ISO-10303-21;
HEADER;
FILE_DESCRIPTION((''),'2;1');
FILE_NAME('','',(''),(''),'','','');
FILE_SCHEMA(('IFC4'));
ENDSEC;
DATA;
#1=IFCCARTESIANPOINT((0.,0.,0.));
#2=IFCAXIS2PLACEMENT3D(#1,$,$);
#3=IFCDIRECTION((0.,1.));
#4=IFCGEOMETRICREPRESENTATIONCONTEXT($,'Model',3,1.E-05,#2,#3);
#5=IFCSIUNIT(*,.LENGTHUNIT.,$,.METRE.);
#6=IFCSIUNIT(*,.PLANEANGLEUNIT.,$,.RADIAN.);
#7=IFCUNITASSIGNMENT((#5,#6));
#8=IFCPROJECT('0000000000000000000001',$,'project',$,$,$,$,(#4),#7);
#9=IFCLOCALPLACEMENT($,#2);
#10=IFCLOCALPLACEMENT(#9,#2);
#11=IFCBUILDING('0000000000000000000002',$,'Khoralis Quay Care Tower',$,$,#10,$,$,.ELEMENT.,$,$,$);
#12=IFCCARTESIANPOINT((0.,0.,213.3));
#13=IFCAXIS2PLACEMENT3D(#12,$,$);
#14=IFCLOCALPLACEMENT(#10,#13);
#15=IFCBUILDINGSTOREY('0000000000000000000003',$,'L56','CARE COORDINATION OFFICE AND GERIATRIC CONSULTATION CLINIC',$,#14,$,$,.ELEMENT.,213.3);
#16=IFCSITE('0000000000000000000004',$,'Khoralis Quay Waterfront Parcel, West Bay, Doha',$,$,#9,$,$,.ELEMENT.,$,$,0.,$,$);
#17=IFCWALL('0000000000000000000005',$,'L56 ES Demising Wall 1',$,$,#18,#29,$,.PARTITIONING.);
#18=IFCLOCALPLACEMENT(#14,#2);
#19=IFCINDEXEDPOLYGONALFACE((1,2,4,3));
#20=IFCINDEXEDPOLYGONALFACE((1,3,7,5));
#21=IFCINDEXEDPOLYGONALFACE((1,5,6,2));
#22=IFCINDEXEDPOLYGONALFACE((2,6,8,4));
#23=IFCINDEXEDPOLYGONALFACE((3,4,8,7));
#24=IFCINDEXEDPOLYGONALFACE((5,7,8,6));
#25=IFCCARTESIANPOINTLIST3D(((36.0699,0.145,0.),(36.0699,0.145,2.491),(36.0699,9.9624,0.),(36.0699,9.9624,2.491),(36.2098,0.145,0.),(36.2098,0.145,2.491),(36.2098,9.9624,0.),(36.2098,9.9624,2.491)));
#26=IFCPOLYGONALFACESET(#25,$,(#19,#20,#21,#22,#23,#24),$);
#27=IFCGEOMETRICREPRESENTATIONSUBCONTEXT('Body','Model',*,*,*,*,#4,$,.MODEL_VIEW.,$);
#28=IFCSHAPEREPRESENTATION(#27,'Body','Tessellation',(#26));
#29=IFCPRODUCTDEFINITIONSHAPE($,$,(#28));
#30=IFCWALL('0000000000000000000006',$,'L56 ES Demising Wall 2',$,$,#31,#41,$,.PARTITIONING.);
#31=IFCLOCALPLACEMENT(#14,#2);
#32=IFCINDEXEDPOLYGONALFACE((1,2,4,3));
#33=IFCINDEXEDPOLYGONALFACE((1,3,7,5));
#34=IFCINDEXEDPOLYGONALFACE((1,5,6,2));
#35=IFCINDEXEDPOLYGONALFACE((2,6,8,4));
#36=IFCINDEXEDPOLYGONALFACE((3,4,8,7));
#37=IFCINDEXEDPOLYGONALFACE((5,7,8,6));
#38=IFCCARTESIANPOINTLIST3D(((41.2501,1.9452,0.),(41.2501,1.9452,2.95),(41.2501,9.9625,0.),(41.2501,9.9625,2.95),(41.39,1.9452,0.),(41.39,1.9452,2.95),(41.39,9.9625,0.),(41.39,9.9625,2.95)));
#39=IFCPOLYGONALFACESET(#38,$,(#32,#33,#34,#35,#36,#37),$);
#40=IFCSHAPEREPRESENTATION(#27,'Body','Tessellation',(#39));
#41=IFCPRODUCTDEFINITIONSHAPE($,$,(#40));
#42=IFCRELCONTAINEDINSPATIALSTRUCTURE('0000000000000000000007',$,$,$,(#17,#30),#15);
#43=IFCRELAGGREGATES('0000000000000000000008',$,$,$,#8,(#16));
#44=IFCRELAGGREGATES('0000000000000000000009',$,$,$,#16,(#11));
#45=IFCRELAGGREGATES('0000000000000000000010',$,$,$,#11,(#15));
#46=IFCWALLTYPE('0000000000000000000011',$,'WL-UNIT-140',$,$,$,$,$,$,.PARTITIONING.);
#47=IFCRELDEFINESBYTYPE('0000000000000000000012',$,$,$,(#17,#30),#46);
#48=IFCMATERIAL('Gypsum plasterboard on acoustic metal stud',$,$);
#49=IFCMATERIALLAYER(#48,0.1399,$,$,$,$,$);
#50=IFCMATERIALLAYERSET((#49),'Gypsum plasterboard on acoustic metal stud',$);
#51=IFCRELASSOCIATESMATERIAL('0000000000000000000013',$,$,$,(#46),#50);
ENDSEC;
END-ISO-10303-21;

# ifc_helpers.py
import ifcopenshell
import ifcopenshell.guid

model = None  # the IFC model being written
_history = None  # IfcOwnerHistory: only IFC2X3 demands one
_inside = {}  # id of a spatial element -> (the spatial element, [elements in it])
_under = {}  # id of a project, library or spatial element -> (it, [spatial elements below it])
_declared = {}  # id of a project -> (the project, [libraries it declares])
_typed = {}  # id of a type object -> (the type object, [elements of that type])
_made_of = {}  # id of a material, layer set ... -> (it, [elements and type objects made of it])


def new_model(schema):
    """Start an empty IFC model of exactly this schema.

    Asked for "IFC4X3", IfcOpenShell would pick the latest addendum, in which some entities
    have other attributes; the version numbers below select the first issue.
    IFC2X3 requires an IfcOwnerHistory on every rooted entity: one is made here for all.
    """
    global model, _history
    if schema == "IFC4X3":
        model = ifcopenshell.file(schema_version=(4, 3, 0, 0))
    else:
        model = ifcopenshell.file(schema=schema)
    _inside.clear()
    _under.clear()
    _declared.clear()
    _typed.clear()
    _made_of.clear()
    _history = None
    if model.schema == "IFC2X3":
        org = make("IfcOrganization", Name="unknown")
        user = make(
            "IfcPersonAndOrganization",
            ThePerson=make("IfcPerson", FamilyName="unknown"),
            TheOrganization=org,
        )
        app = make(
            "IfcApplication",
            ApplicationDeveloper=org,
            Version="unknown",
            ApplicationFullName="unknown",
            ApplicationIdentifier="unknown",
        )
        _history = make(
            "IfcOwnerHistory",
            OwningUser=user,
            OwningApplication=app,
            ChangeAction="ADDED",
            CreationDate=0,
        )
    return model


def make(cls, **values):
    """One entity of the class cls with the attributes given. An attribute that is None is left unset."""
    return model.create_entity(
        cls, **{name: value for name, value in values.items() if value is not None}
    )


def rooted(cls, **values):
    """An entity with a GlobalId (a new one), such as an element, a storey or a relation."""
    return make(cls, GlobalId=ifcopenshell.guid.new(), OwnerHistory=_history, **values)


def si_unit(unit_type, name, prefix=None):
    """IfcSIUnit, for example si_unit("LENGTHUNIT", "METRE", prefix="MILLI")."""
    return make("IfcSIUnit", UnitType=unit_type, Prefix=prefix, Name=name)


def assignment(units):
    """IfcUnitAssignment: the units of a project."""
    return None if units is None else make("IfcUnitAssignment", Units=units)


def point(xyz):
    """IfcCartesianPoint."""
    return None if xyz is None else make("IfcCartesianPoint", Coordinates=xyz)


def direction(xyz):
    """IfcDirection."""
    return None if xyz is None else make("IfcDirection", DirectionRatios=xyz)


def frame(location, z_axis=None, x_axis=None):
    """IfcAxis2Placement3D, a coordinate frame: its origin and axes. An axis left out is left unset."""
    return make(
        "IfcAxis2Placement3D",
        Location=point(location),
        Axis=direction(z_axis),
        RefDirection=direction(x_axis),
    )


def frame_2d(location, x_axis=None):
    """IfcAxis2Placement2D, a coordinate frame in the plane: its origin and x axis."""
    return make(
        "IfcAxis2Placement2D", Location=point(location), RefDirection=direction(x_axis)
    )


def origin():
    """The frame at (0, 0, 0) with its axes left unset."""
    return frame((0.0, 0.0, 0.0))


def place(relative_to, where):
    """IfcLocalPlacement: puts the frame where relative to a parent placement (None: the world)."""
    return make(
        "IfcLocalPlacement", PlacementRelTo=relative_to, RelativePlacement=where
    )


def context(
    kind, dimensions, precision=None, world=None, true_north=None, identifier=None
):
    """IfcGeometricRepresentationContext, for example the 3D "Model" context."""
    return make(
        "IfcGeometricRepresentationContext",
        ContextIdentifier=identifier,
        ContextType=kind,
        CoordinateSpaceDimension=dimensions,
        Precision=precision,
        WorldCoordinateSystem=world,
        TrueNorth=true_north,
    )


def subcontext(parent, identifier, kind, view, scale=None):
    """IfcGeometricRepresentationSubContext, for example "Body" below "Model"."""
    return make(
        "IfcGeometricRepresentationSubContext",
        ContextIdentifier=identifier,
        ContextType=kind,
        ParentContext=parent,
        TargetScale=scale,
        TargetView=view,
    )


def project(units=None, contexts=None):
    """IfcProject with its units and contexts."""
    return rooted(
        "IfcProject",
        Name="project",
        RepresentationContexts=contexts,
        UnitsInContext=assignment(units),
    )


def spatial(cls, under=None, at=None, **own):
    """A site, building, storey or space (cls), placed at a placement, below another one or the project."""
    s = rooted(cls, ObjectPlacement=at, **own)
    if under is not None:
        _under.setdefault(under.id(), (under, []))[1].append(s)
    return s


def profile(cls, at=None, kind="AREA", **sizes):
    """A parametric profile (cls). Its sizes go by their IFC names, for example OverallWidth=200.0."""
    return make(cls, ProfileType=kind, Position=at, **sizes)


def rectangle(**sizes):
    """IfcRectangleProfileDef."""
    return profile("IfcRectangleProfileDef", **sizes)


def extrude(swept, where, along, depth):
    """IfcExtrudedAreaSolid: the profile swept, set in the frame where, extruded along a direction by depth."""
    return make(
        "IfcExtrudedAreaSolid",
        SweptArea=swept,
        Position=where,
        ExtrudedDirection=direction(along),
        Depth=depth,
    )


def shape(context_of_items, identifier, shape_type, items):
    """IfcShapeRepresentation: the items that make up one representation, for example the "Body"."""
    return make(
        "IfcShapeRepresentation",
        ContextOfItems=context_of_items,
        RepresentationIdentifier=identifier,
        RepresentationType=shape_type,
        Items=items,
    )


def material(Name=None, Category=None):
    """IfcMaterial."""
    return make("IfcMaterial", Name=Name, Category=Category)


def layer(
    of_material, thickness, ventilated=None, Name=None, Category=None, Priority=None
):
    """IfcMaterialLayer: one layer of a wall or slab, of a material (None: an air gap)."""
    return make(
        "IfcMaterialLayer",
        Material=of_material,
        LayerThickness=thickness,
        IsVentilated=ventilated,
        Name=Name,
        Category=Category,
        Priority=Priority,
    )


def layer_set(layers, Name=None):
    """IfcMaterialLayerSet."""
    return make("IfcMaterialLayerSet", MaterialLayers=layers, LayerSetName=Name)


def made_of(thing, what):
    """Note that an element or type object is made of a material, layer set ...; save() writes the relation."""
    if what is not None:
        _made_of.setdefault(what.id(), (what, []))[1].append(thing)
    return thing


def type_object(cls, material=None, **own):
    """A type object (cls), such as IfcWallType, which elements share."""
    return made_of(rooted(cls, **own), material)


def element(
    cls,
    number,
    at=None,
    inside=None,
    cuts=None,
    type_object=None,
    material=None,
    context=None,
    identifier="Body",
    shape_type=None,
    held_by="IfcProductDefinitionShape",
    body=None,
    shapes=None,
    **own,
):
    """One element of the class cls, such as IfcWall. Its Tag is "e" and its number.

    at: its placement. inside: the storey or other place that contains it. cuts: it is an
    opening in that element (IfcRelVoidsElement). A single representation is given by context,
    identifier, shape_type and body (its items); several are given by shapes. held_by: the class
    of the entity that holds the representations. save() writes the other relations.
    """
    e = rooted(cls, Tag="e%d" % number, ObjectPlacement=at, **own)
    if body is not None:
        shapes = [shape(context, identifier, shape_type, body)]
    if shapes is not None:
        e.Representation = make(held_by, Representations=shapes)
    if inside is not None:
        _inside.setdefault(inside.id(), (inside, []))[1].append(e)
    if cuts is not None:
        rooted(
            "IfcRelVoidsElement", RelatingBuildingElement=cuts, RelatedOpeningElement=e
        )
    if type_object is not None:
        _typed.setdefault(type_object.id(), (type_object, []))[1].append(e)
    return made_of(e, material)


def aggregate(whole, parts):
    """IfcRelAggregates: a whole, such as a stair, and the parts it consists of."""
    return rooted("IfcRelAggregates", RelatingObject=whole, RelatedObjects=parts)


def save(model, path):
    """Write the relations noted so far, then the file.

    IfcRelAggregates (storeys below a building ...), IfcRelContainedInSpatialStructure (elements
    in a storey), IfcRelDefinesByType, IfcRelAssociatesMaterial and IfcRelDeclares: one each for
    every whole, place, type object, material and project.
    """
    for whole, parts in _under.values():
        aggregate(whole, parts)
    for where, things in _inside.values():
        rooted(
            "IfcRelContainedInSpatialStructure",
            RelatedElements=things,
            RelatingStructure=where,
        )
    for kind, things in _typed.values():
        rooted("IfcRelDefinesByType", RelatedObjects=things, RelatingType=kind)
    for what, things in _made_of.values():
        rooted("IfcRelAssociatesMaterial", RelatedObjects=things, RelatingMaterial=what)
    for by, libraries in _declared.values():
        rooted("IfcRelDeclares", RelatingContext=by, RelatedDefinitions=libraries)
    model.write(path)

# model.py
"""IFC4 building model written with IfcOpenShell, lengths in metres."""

from ifc_helpers import new_model, si_unit, direction, frame, frame_2d, origin, place, context, subcontext, project, spatial, rectangle, extrude, material, layer, layer_set, type_object, element, save


model = new_model("IFC4")

# Units and contexts
model_context = context("Model", 3, precision=1e-05, world=origin(), true_north=direction((0.0, 1.0)))
body_context = subcontext(model_context, "Body", "Model", "MODEL_VIEW")
ifc_project = project(units=[si_unit("LENGTHUNIT", "METRE"), si_unit("PLANEANGLEUNIT", "RADIAN")], contexts=[model_context])

# Site, building, storey
site_placement = place(None, origin())
site = spatial("IfcSite", under=ifc_project, at=site_placement, Name="Khoralis Quay Waterfront Parcel, West Bay, Doha", CompositionType="ELEMENT", RefElevation=0.0)
building_placement = place(site_placement, origin())
building = spatial("IfcBuilding", under=site, at=building_placement, Name="Khoralis Quay Care Tower", CompositionType="ELEMENT")
storey_placement = place(building_placement, frame((0.0, 0.0, 213.3)))
storey = spatial("IfcBuildingStorey", under=building, at=storey_placement, Name="L56", Description="CARE COORDINATION OFFICE AND GERIATRIC CONSULTATION CLINIC", CompositionType="ELEMENT", Elevation=213.3)

# Walls
ifc_material_1 = material(Name="Gypsum plasterboard on acoustic metal stud")
ifc_layer_1 = layer(ifc_material_1, 0.1399)
ifc_layer_set_1 = layer_set([ifc_layer_1], Name="Gypsum plasterboard on acoustic metal stud")
wall_type_1 = type_object("IfcWallType", Name="WL-UNIT-140", PredefinedType="PARTITIONING", material=ifc_layer_set_1)
wall_1_placement = place(storey_placement, frame((36.1399, 0.145, 0.0), z_axis=(0.0, 0.0, 1.0), x_axis=(0.0, 1.0, 0.0)))
element("IfcWall", 1, at=wall_1_placement, inside=storey, type_object=wall_type_1, Name="L56 ES Demising Wall 1", PredefinedType="PARTITIONING", context=body_context, shape_type="SweptSolid", body=[
    extrude(rectangle(XDim=9.8174, YDim=0.1399, at=frame_2d((4.9087, 0.0))), origin(), (0.0, 0.0, 1.0), 2.491),
])
wall_2_placement = place(storey_placement, frame((41.3201, 1.9451, 0.0), z_axis=(0.0, 0.0, 1.0), x_axis=(0.0, 1.0, 0.0)))
element("IfcWall", 2, at=wall_2_placement, inside=storey, type_object=wall_type_1, Name="L56 ES Demising Wall 2", PredefinedType="PARTITIONING", context=body_context, shape_type="SweptSolid", body=[
    extrude(rectangle(XDim=8.0173, YDim=0.1399, at=frame_2d((4.0088, 0.0))), origin(), (0.0, 0.0, 1.0), 2.95),
])

save(model, "model.ifc")
